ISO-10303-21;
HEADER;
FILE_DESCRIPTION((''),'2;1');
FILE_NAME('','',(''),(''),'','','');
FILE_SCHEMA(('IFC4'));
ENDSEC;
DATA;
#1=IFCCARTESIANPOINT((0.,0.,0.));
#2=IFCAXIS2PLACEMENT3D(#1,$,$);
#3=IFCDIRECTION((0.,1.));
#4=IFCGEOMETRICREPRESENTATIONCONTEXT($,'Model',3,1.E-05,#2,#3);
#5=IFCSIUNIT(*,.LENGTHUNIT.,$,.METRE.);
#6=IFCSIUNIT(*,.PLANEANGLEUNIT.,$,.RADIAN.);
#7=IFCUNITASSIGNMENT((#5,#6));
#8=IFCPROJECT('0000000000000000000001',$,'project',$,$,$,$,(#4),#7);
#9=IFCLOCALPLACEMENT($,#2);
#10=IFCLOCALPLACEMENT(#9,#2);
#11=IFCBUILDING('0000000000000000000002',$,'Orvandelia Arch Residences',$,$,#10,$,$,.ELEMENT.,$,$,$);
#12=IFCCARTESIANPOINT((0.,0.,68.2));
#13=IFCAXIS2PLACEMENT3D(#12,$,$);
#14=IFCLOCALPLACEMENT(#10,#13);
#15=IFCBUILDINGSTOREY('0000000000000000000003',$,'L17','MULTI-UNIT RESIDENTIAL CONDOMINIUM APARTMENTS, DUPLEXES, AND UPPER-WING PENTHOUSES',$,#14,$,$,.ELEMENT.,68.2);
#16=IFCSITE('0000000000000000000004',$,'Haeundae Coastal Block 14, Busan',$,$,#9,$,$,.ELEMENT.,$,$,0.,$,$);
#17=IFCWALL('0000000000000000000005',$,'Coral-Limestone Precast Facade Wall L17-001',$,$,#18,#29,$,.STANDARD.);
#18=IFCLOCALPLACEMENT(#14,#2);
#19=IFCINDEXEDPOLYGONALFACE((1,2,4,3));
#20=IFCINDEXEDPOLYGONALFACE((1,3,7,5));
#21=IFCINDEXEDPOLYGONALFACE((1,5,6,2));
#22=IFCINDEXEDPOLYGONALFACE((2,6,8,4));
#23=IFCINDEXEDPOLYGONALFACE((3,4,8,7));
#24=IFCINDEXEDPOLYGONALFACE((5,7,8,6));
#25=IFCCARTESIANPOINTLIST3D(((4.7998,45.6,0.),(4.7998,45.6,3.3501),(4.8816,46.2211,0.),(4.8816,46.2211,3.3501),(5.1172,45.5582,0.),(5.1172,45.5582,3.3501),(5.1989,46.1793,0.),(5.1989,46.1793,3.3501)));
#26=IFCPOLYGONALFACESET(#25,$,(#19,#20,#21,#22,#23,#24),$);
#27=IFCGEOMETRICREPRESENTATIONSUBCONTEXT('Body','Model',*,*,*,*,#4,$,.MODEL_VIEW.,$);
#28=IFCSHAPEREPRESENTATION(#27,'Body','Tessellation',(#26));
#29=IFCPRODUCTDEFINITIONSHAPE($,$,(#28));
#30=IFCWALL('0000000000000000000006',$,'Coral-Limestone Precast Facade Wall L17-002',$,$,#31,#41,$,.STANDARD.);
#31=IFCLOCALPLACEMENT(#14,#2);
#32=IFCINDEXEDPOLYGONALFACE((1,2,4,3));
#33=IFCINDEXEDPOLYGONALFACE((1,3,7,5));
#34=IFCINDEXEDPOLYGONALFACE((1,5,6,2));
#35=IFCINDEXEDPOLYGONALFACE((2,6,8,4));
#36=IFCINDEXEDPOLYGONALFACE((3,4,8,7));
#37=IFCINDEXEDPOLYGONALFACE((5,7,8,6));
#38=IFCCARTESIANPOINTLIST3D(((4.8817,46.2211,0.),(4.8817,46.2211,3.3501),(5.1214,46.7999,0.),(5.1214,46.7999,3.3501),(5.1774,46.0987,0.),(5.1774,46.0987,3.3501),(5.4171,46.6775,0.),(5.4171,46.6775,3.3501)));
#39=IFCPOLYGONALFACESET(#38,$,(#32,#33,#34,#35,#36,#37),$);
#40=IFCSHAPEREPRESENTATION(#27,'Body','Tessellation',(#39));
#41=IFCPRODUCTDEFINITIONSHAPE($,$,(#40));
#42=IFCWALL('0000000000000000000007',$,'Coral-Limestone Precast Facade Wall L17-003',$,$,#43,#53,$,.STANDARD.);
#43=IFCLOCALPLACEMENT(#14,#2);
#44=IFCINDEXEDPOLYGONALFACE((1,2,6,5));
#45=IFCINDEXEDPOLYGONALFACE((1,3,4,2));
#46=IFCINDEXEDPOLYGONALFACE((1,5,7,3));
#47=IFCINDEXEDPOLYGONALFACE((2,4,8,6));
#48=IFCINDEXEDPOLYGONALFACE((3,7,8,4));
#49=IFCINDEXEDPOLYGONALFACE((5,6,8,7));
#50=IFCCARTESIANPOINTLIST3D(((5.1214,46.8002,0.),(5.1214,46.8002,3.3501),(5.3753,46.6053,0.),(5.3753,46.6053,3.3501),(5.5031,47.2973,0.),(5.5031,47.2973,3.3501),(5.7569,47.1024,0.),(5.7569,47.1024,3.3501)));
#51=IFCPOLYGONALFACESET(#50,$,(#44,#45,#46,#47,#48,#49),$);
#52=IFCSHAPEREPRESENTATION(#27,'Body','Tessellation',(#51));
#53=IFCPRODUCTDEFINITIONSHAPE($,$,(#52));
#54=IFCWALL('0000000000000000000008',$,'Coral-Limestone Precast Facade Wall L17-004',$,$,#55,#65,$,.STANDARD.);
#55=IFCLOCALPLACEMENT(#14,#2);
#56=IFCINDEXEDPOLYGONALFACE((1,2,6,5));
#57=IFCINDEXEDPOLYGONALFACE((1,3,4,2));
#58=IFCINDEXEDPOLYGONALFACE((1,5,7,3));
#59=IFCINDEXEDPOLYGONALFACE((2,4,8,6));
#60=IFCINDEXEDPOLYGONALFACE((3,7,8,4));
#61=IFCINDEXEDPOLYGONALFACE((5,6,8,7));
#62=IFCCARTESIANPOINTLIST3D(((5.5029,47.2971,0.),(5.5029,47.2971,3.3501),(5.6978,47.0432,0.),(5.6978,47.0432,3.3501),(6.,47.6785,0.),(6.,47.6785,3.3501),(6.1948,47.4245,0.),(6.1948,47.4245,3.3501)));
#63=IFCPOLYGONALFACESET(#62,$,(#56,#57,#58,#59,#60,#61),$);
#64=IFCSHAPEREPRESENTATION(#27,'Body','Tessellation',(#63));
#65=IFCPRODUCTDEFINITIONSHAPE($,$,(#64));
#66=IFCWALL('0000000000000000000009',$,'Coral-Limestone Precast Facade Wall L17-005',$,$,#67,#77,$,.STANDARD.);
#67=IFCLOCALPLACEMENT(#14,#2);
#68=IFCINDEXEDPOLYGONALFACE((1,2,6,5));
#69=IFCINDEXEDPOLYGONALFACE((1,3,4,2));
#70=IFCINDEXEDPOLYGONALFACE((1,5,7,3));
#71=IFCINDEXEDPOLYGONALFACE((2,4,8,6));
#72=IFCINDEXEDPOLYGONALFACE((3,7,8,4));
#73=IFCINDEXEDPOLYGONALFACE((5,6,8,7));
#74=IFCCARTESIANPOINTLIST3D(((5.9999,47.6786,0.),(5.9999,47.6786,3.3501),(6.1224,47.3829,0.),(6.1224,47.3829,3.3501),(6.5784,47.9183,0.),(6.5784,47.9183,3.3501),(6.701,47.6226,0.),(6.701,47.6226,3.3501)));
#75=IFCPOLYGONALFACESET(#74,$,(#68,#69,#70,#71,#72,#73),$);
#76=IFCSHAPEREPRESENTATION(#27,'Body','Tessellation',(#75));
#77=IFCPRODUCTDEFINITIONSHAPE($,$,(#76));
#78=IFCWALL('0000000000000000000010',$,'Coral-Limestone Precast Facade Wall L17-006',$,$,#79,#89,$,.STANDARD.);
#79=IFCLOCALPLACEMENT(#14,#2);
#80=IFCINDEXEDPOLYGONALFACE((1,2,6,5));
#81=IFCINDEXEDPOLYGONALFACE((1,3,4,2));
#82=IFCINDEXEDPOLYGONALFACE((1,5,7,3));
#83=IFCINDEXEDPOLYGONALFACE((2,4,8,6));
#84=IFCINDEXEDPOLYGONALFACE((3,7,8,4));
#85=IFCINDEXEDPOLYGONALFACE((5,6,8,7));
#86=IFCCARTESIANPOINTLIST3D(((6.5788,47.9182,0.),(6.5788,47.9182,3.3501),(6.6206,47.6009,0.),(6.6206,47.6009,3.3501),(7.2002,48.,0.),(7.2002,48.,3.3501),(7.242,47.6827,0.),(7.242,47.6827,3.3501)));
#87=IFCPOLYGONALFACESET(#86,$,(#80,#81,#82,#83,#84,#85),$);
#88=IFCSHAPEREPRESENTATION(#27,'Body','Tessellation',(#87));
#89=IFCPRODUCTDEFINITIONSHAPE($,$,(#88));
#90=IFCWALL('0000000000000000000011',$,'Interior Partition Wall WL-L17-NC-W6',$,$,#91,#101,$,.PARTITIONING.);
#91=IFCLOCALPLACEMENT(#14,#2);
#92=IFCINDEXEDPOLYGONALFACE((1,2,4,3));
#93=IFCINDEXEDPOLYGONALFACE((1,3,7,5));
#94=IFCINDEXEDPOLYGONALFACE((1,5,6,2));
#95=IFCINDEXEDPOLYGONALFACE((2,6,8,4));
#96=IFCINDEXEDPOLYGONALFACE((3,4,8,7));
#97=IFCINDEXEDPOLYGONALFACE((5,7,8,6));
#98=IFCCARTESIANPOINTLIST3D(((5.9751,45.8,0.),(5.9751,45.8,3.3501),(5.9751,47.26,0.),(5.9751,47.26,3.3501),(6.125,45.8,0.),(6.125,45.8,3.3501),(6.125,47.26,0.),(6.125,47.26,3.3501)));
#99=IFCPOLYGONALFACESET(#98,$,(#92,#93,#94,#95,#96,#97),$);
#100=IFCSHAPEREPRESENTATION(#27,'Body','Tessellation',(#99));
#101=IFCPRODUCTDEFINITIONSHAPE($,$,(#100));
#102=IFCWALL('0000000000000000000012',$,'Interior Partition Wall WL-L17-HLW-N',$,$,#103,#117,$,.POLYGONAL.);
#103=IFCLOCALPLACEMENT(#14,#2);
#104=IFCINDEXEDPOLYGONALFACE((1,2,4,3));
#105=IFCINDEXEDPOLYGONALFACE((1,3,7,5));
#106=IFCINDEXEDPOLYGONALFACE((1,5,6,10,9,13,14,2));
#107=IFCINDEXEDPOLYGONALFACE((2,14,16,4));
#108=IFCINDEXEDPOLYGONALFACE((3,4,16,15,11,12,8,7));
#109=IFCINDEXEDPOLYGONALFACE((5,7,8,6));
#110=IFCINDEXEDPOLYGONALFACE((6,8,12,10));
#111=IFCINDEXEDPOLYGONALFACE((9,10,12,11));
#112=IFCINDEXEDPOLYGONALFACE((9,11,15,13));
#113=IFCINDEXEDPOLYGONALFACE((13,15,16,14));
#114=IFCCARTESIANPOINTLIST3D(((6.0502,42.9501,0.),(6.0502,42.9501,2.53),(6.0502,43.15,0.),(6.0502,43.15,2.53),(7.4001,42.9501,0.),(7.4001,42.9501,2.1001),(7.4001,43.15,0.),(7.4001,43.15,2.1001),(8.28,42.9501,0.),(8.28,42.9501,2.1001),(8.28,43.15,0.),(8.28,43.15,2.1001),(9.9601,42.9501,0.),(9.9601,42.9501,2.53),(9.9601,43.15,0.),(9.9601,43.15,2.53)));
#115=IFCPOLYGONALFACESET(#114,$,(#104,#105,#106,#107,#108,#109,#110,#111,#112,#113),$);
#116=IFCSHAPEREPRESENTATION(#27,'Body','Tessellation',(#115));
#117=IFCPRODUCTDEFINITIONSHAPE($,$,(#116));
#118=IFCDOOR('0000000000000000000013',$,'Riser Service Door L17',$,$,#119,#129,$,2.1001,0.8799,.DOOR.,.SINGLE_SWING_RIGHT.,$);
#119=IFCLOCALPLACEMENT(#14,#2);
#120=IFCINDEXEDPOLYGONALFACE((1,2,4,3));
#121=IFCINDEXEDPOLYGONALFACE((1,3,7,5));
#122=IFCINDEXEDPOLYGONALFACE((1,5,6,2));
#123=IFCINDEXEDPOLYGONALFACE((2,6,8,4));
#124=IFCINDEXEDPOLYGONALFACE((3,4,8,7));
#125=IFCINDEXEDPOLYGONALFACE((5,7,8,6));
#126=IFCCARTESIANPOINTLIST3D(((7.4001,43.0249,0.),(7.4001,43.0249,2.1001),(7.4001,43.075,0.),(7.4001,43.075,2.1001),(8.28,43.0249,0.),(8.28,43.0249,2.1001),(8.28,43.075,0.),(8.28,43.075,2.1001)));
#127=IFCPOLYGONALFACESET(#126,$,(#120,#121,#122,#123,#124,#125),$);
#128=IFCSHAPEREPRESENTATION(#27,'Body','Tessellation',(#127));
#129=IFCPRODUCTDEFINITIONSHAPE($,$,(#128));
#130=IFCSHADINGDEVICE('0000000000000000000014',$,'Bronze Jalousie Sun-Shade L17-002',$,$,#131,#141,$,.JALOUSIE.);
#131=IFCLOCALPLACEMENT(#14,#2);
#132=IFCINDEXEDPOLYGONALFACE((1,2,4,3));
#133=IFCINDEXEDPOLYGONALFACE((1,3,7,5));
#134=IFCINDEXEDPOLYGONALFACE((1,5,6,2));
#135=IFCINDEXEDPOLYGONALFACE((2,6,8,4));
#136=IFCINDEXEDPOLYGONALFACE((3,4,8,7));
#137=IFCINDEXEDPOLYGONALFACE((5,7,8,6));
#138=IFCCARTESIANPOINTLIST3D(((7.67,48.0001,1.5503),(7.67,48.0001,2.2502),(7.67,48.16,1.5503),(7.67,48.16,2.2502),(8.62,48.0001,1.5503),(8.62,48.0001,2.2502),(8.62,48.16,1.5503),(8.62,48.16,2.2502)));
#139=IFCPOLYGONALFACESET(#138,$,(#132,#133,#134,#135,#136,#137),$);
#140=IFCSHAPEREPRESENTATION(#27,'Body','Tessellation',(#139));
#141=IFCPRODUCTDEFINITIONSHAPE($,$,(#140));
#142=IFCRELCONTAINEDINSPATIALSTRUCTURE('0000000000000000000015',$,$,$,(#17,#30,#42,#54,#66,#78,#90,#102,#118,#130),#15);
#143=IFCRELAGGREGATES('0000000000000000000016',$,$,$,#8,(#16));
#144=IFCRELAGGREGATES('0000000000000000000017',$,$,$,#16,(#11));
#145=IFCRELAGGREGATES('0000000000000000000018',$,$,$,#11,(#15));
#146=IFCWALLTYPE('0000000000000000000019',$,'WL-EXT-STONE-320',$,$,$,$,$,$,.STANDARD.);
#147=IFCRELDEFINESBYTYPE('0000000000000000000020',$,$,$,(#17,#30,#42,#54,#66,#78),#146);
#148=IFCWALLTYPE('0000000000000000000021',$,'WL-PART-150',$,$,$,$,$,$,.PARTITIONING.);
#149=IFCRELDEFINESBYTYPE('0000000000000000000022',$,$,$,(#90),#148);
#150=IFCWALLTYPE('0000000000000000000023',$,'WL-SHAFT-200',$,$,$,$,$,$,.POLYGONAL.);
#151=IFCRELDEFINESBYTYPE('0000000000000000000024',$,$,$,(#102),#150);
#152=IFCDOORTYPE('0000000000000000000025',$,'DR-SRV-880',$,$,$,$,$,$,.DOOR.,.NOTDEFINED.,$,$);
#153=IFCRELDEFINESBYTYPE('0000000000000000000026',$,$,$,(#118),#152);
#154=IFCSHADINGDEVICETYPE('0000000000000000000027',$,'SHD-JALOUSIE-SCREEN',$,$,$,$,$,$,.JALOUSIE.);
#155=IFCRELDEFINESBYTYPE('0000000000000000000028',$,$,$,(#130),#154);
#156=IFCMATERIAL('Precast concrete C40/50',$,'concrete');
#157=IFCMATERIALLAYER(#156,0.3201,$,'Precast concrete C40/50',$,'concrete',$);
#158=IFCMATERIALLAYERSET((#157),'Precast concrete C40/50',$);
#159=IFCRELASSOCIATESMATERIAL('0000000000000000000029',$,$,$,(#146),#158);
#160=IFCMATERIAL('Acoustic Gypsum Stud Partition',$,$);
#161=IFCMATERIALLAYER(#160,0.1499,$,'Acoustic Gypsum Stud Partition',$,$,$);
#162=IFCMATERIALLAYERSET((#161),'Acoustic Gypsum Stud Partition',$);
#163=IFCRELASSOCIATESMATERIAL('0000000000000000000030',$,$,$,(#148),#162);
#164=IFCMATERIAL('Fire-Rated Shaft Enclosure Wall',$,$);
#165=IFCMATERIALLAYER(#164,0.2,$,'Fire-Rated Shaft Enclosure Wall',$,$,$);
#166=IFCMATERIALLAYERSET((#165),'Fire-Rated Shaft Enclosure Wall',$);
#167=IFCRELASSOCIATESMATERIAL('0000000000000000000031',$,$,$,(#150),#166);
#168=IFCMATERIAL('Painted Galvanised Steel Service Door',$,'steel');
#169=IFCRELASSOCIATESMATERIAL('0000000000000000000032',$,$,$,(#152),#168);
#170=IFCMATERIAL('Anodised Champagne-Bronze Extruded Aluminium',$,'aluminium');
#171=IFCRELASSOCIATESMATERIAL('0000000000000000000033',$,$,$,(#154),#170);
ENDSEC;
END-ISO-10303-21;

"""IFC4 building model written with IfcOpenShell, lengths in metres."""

from ifc_helpers import new_model, si_unit, direction, frame, frame_2d, origin, origin_2d, place, context, subcontext, project, spatial, rectangle, extrude, material, layer, layer_set, type_object, element, fill, save


model = new_model("IFC4")

# Units and contexts
model_context = context("Model", 3, precision=1e-05, world=origin(), true_north=direction((0.0, 1.0)))
body_context = subcontext(model_context, "Body", "Model", "MODEL_VIEW")
ifc_project = project(units=[si_unit("LENGTHUNIT", "METRE"), si_unit("PLANEANGLEUNIT", "RADIAN")], contexts=[model_context])

# Site, building, storey
site_placement = place(None, origin())
site = spatial("IfcSite", under=ifc_project, at=site_placement, Name="Haeundae Coastal Block 14, Busan", CompositionType="ELEMENT", RefElevation=0.0)
building_placement = place(site_placement, origin())
building = spatial("IfcBuilding", under=site, at=building_placement, Name="Orvandelia Arch Residences", CompositionType="ELEMENT")
storey_placement = place(building_placement, frame((0.0, 0.0, 68.2)))
storey = spatial("IfcBuildingStorey", under=building, at=storey_placement, Name="L17", Description="MULTI-UNIT RESIDENTIAL CONDOMINIUM APARTMENTS, DUPLEXES, AND UPPER-WING PENTHOUSES", CompositionType="ELEMENT", Elevation=68.2)

# Walls
ifc_material_1 = material(Name="Precast concrete C40/50", Category="concrete")
ifc_layer_1 = layer(ifc_material_1, 0.3201, Name="Precast concrete C40/50", Category="concrete")
ifc_layer_set_1 = layer_set([ifc_layer_1], Name="Precast concrete C40/50")
wall_type_1 = type_object("IfcWallType", Name="WL-EXT-STONE-320", PredefinedType="STANDARD", material=ifc_layer_set_1)
for number, where, z_axis, x_axis, name in (
    (1, (4.9585, 45.5791, 0.0), (0.0, 0.0, 1.0), (0.130555, 0.991441, 0.0), "Coral-Limestone Precast Facade Wall L17-001"),
    (2, (5.0295, 46.1599, 0.0), (0.0, 0.0, 1.0), (0.38265, 0.923893, 0.0), "Coral-Limestone Precast Facade Wall L17-002"),
):
    element("IfcWall", number, at=place(storey_placement, frame(where, z_axis=z_axis, x_axis=x_axis)), inside=storey, type_object=wall_type_1, Name=name, PredefinedType="STANDARD", context=body_context, shape_type="SweptSolid", body=[
        extrude(rectangle(XDim=0.6265, YDim=0.3201, at=frame_2d((0.3132, 0.0))), origin(), (0.0, 0.0, 1.0), 3.3501),
    ])
wall_1_placement = place(storey_placement, frame((5.2483, 46.7026, 0.0), z_axis=(0.0, 0.0, 1.0), x_axis=(0.608939, 0.793217, 0.0)))
element("IfcWall", 3, at=wall_1_placement, inside=storey, type_object=wall_type_1, Name="Coral-Limestone Precast Facade Wall L17-003", PredefinedType="STANDARD", context=body_context, shape_type="SweptSolid", body=[
    extrude(rectangle(XDim=0.6267, YDim=0.3201, at=frame_2d((0.3135, 0.0))), origin(), (0.0, 0.0, 1.0), 3.3501),
])
wall_2_placement = place(storey_placement, frame((5.6003, 47.1702, 0.0), z_axis=(0.0, 0.0, 1.0), x_axis=(0.793406, 0.608693, 0.0)))
element("IfcWall", 4, at=wall_2_placement, inside=storey, type_object=wall_type_1, Name="Coral-Limestone Precast Facade Wall L17-004", PredefinedType="STANDARD", context=body_context, shape_type="SweptSolid", body=[
    extrude(rectangle(XDim=0.6265, YDim=0.3201, at=frame_2d((0.3132, 0.0))), origin(), (0.0, 0.0, 1.0), 3.3501),
])
wall_3_placement = place(storey_placement, frame((6.0613, 47.5308, 0.0), z_axis=(0.0, 0.0, 1.0), x_axis=(0.923836, 0.382788, 0.0)))
element("IfcWall", 5, at=wall_3_placement, inside=storey, type_object=wall_type_1, Name="Coral-Limestone Precast Facade Wall L17-005", PredefinedType="STANDARD", context=body_context, shape_type="SweptSolid", body=[
    extrude(rectangle(XDim=0.6262, YDim=0.3201, at=frame_2d((0.313, 0.0))), origin(), (0.0, 0.0, 1.0), 3.3501),
])
wall_4_placement = place(storey_placement, frame((6.5996, 47.7595, 0.0), z_axis=(0.0, 0.0, 1.0), x_axis=(0.991448, 0.130505, 0.0)))
element("IfcWall", 6, at=wall_4_placement, inside=storey, type_object=wall_type_1, Name="Coral-Limestone Precast Facade Wall L17-006", PredefinedType="STANDARD", context=body_context, shape_type="SweptSolid", body=[
    extrude(rectangle(XDim=0.6267, YDim=0.3201, at=frame_2d((0.3135, 0.0))), origin(), (0.0, 0.0, 1.0), 3.3501),
])

# Wall
ifc_material_2 = material(Name="Acoustic Gypsum Stud Partition")
ifc_layer_2 = layer(ifc_material_2, 0.1499, Name="Acoustic Gypsum Stud Partition")
ifc_layer_set_2 = layer_set([ifc_layer_2], Name="Acoustic Gypsum Stud Partition")
wall_type_2 = type_object("IfcWallType", Name="WL-PART-150", PredefinedType="PARTITIONING", material=ifc_layer_set_2)
wall_5_placement = place(storey_placement, frame((6.05, 45.8, 0.0), z_axis=(0.0, 0.0, 1.0), x_axis=(0.0, 1.0, 0.0)))
element("IfcWall", 7, at=wall_5_placement, inside=storey, type_object=wall_type_2, Name="Interior Partition Wall WL-L17-NC-W6", PredefinedType="PARTITIONING", context=body_context, shape_type="SweptSolid", body=[
    extrude(rectangle(XDim=1.46, YDim=0.1499, at=frame_2d((0.73, 0.0))), origin(), (0.0, 0.0, 1.0), 3.3501),
])

# Wall, opening, door
ifc_material_3 = material(Name="Fire-Rated Shaft Enclosure Wall")
ifc_layer_3 = layer(ifc_material_3, 0.2, Name="Fire-Rated Shaft Enclosure Wall")
ifc_layer_set_3 = layer_set([ifc_layer_3], Name="Fire-Rated Shaft Enclosure Wall")
wall_type_3 = type_object("IfcWallType", Name="WL-SHAFT-200", PredefinedType="POLYGONAL", material=ifc_layer_set_3)
wall_6_placement = place(storey_placement, frame((6.05, 43.05, 0.0), z_axis=(0.0, 0.0, 1.0), x_axis=(1.0, 0.0, 0.0)))
wall_6 = element("IfcWall", 8, at=wall_6_placement, inside=storey, type_object=wall_type_3, Name="Interior Partition Wall WL-L17-HLW-N", PredefinedType="POLYGONAL", context=body_context, shape_type="SweptSolid", body=[
    extrude(rectangle(XDim=3.9099, YDim=0.2, at=frame_2d((1.9551, 0.0))), origin(), (0.0, 0.0, 1.0), 2.53),
])
opening_1_placement = place(wall_6_placement, frame((1.3501, 0.0, 0.0)))
opening_1 = element("IfcOpeningElement", 9, at=opening_1_placement, cuts=wall_6, PredefinedType="OPENING", context=body_context, shape_type="SweptSolid", body=[
    extrude(rectangle(XDim=0.8799, YDim=2.1001, at=frame_2d((0.4399, 1.05))), frame((0.0, 0.1099, 0.0), z_axis=(0.0, -1.0, 0.0), x_axis=(1.0, 0.0, 0.0)), (0.0, 0.0, 1.0), 0.22),
])
ifc_material_4 = material(Name="Painted Galvanised Steel Service Door", Category="steel")
door_type = type_object("IfcDoorType", Name="DR-SRV-880", OperationType="NOTDEFINED", PredefinedType="DOOR", material=ifc_material_4)
door_placement = place(opening_1_placement, origin())
door = element("IfcDoor", 10, at=door_placement, inside=storey, type_object=door_type, Name="Riser Service Door L17", OperationType="SINGLE_SWING_RIGHT", OverallHeight=2.1001, OverallWidth=0.8799, PredefinedType="DOOR", context=body_context, shape_type="SweptSolid", body=[
    extrude(rectangle(XDim=0.8799, YDim=2.1001, at=frame_2d((0.4399, 1.05))), frame((0.0, 0.0249, 0.0), z_axis=(0.0, -1.0, 0.0), x_axis=(1.0, 0.0, 0.0)), (0.0, 0.0, 1.0), 0.05),
])
fill(opening_1, door)

# Shading device
ifc_material_5 = material(Name="Anodised Champagne-Bronze Extruded Aluminium", Category="aluminium")
shading_device_type = type_object("IfcShadingDeviceType", Name="SHD-JALOUSIE-SCREEN", PredefinedType="JALOUSIE", material=ifc_material_5)
shading_device_placement = place(storey_placement, frame((8.145, 48.0801, 1.5503), z_axis=(0.0, 0.0, 1.0), x_axis=(1.0, 0.0, 0.0)))
element("IfcShadingDevice", 11, at=shading_device_placement, inside=storey, type_object=shading_device_type, Name="Bronze Jalousie Sun-Shade L17-002", PredefinedType="JALOUSIE", context=body_context, shape_type="SweptSolid", body=[
    extrude(rectangle(XDim=0.95, YDim=0.1599, at=origin_2d()), origin(), (0.0, 0.0, 1.0), 0.7),
])

save(model, "model.ifc")
